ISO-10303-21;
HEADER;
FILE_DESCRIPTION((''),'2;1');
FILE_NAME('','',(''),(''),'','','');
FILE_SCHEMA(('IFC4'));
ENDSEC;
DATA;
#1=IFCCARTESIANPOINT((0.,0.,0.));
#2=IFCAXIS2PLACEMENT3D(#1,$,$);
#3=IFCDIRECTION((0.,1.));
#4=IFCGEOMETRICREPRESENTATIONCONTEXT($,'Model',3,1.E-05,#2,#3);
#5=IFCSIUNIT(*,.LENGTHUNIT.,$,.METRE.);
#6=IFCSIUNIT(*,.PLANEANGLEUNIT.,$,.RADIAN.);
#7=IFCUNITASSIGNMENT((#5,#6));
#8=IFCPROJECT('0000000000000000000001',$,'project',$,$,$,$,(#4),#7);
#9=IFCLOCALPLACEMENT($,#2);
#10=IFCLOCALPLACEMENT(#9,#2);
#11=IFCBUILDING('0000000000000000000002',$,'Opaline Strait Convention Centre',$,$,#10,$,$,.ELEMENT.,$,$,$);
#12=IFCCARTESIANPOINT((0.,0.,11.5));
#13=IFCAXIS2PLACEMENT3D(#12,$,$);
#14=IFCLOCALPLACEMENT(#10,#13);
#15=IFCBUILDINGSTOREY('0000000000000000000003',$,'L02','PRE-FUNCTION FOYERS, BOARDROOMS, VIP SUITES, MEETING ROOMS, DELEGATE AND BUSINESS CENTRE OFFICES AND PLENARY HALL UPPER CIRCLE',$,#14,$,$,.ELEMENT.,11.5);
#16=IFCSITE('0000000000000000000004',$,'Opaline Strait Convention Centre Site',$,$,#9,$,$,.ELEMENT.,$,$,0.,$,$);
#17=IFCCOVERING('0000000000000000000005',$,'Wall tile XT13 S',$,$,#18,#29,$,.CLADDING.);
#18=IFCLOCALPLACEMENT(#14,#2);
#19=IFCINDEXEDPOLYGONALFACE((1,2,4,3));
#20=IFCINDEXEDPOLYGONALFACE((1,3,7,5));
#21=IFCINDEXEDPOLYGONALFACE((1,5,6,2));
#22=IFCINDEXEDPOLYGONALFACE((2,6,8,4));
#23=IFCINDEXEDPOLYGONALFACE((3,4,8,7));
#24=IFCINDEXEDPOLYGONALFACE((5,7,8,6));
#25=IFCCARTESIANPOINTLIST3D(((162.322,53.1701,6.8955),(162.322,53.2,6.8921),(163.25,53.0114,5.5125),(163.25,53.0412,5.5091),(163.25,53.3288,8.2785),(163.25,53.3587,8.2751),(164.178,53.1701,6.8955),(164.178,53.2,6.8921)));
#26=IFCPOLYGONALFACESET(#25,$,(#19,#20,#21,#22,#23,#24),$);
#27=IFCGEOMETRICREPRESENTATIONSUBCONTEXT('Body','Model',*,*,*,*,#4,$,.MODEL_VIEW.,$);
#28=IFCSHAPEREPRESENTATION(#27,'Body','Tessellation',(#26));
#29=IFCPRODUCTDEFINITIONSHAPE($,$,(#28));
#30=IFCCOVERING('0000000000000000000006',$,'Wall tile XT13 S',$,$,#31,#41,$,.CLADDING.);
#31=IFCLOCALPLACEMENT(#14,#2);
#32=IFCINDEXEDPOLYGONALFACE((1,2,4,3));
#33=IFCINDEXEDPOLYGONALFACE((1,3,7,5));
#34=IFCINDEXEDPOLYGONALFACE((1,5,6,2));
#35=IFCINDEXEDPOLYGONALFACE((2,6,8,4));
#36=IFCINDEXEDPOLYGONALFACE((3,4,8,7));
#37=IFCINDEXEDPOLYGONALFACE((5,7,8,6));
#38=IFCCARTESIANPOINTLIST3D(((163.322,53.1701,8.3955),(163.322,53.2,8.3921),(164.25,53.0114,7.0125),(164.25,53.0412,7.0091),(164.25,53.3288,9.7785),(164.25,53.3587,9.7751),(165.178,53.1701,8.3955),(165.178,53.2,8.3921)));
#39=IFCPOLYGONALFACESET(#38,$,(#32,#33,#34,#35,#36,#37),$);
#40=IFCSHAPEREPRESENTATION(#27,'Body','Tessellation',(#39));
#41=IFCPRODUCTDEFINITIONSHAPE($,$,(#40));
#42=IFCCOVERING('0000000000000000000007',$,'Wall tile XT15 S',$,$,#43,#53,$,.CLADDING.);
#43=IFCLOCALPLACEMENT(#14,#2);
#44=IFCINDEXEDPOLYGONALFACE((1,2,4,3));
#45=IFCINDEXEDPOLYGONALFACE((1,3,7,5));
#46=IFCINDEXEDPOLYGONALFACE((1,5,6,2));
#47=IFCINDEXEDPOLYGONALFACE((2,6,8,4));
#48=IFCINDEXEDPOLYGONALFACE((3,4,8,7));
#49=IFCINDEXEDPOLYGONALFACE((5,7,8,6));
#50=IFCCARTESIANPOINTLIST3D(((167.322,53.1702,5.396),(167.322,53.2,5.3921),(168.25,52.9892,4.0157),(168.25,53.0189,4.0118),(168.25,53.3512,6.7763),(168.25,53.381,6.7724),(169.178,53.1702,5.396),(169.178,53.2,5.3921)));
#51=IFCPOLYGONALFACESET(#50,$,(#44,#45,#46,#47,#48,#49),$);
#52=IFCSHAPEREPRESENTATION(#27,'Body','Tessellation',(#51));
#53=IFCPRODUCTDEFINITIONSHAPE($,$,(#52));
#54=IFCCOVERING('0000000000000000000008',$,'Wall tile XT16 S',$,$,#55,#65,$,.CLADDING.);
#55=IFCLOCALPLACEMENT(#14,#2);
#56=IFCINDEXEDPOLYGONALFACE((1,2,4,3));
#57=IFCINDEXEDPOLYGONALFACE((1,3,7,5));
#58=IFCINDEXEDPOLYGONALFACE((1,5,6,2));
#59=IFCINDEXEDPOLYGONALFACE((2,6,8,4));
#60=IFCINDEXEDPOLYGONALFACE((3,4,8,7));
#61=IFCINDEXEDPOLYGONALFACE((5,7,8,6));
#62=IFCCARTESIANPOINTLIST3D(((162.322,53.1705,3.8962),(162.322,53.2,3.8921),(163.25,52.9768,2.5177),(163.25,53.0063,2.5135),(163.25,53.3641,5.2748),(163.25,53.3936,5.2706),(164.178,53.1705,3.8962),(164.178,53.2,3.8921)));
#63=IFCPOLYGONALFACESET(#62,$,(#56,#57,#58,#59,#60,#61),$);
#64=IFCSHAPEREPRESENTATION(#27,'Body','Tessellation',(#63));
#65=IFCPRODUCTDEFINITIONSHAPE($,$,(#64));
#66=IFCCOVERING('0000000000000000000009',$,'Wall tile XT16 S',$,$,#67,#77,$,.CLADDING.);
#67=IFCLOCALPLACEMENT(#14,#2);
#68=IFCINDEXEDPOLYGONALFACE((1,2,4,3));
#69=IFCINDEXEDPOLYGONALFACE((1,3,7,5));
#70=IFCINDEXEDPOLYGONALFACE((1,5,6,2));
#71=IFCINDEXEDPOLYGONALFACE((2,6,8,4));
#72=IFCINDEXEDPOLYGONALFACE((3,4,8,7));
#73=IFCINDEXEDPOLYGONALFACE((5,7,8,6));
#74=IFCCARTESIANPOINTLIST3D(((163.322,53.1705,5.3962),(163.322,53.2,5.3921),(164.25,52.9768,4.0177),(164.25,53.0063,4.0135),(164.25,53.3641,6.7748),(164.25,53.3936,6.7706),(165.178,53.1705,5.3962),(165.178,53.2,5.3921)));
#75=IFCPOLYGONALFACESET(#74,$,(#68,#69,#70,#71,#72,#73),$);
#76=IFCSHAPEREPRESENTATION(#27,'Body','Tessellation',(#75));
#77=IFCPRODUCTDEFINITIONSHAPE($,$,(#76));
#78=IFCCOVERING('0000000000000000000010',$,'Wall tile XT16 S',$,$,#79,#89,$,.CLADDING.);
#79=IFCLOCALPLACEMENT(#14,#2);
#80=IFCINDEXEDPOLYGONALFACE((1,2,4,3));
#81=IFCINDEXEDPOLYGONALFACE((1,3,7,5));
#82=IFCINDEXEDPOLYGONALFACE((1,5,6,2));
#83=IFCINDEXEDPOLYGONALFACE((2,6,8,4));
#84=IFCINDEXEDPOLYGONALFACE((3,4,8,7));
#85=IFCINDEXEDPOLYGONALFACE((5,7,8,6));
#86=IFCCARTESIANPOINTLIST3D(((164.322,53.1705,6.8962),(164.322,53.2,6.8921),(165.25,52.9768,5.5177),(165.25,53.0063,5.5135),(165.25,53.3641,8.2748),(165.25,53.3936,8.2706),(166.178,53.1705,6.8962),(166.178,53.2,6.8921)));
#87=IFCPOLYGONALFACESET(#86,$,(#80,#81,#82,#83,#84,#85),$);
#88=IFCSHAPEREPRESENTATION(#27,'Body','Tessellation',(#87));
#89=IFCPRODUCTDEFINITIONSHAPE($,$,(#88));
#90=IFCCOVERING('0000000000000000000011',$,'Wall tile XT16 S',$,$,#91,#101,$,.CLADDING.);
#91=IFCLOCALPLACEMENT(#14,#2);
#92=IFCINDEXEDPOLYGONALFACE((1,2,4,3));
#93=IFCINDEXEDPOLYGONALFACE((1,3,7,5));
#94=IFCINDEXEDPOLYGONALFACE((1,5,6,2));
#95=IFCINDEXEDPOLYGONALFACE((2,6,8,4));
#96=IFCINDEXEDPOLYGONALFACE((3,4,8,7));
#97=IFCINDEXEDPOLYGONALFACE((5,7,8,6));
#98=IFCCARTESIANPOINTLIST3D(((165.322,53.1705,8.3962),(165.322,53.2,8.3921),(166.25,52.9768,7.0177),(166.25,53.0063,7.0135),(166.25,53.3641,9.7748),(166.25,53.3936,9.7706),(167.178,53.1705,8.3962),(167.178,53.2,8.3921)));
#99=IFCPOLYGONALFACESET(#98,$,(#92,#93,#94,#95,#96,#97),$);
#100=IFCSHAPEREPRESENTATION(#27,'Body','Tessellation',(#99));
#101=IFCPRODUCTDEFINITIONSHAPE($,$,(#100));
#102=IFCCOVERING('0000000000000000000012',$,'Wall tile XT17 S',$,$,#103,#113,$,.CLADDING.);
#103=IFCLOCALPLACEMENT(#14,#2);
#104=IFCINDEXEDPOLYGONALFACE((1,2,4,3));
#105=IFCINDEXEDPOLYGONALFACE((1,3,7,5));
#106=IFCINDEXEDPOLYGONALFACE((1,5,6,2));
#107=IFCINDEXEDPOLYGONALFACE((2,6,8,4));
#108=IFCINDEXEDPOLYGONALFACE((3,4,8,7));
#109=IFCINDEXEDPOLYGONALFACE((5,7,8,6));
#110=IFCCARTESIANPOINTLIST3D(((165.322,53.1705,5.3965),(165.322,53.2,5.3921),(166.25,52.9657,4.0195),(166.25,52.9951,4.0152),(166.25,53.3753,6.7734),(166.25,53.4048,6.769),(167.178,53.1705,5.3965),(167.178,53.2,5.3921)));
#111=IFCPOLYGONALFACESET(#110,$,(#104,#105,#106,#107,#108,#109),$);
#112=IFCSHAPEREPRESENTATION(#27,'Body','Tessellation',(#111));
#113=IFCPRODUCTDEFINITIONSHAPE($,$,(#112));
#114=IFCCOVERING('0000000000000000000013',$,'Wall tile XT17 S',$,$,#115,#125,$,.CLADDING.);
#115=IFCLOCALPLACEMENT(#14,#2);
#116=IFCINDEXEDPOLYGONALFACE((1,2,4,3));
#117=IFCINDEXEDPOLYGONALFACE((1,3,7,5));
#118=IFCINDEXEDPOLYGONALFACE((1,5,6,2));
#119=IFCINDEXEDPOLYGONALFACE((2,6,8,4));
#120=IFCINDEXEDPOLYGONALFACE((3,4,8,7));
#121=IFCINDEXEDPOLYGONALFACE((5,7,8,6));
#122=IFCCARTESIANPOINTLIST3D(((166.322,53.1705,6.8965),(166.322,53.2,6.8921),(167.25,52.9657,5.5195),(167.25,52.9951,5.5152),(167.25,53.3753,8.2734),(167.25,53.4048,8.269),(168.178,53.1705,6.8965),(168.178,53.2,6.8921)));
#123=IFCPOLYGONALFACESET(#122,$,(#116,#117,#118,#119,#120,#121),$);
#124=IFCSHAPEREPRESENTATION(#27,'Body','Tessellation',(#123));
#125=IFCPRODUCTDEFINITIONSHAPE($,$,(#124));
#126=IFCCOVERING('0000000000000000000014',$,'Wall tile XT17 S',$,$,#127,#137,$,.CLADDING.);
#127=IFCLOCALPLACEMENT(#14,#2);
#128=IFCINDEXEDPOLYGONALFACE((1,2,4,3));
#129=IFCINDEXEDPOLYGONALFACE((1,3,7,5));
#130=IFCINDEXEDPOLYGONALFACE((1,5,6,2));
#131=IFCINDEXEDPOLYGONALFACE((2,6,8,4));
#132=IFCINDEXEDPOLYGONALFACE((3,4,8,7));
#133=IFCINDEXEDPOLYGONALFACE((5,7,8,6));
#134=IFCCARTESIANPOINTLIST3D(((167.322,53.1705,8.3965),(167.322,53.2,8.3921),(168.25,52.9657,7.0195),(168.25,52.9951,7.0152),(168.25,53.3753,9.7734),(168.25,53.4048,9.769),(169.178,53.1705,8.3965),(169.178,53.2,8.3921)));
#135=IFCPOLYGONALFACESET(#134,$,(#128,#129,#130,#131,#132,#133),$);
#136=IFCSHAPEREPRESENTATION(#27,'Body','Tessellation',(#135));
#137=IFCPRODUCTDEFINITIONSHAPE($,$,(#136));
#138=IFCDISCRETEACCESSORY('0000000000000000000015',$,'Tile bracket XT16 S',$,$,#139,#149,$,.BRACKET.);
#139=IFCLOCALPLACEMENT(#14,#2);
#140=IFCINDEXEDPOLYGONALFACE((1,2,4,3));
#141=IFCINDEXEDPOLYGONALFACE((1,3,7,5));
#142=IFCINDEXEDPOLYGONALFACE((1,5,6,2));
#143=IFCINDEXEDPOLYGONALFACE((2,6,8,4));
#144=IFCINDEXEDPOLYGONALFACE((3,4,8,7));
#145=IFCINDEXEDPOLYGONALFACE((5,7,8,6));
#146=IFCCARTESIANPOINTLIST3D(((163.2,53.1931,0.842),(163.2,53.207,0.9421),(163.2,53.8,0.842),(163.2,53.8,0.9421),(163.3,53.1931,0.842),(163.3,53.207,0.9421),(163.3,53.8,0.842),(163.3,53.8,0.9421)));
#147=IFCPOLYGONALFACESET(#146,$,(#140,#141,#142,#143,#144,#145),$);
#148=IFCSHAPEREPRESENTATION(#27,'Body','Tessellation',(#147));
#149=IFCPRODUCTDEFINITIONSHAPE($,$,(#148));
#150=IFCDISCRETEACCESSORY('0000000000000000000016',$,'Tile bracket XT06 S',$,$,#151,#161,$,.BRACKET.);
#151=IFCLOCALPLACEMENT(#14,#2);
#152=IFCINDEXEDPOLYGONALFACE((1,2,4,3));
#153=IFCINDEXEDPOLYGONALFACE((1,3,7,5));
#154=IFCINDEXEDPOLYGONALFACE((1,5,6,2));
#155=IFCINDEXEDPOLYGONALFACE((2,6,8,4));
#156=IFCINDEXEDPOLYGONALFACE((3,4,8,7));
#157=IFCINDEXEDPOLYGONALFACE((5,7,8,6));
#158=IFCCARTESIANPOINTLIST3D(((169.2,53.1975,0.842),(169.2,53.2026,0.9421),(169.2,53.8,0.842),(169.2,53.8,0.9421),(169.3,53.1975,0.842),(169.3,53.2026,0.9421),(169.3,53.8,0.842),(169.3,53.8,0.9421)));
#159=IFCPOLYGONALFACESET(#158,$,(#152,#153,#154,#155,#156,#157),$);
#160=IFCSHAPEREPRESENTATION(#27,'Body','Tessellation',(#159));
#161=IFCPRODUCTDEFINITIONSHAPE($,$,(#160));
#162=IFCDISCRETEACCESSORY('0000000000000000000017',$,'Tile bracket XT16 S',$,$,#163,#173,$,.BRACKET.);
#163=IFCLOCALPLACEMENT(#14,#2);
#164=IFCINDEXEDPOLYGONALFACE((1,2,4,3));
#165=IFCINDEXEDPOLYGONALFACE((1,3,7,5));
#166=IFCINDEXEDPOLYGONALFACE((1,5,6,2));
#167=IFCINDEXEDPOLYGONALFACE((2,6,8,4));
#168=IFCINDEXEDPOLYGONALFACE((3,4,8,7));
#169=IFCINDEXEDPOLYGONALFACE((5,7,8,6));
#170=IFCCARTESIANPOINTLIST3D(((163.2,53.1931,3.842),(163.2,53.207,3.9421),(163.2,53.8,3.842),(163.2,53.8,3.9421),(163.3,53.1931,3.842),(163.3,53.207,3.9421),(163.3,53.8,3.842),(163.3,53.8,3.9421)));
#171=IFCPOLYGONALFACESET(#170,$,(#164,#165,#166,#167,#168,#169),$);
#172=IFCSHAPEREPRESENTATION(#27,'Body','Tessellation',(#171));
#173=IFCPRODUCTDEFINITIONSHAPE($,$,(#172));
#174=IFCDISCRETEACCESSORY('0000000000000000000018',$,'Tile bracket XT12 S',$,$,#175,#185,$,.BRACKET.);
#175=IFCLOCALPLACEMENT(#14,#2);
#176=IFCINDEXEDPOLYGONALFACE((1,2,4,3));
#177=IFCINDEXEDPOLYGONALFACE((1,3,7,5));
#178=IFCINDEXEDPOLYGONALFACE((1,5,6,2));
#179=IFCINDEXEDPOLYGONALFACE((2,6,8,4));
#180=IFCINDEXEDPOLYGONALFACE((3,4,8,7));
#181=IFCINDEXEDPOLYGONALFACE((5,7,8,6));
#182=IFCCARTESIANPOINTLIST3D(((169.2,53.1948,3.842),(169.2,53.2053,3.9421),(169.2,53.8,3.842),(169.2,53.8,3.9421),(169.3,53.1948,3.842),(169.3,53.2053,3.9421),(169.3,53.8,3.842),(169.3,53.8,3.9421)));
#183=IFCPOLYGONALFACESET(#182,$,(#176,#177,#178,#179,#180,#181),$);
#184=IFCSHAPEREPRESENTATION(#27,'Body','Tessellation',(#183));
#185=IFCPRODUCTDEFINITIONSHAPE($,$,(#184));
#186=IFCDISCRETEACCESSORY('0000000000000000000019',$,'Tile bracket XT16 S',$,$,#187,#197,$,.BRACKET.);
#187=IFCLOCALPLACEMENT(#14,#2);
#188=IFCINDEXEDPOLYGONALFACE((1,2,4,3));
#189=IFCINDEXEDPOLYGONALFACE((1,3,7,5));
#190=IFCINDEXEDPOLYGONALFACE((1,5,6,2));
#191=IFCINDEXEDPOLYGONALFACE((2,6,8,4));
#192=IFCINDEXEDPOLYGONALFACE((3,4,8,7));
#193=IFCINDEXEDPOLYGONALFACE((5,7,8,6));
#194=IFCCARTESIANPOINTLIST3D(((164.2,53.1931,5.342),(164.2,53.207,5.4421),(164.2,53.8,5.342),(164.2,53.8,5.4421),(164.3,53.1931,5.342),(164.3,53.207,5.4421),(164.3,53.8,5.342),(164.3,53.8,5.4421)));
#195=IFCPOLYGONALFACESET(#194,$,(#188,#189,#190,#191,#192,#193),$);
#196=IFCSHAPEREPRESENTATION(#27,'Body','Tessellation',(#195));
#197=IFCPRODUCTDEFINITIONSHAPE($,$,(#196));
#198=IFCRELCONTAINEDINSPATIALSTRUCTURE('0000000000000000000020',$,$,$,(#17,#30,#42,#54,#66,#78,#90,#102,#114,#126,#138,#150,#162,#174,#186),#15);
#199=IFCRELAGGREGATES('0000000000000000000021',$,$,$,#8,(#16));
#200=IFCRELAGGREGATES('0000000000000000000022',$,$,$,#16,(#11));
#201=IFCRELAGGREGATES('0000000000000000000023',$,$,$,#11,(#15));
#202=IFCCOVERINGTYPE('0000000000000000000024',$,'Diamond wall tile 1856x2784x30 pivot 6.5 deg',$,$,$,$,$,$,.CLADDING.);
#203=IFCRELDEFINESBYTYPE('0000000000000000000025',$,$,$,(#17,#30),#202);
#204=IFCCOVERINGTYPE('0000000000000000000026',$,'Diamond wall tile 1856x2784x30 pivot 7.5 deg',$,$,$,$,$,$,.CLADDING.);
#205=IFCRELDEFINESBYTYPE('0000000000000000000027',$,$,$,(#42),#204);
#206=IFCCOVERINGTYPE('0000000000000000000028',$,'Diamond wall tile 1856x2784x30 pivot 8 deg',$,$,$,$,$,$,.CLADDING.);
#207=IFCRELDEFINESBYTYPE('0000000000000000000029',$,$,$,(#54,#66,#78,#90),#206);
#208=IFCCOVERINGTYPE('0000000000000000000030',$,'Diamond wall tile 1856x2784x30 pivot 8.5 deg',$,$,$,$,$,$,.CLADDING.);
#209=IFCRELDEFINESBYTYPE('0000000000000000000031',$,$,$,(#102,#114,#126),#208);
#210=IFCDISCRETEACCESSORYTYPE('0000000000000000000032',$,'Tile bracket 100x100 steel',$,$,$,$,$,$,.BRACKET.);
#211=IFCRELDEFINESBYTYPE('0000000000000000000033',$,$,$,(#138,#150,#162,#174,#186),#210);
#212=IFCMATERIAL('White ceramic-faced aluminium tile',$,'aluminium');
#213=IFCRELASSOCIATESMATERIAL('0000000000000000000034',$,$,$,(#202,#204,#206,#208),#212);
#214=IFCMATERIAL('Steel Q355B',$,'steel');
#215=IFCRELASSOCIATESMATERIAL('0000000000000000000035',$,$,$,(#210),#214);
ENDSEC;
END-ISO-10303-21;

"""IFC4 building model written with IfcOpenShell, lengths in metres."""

from ifc_helpers import new_model, si_unit, direction, frame, origin, place, context, subcontext, project, spatial, polyline, outline, extrude, material, material_profile, profile_set, type_object, element, save


model = new_model("IFC4")

# Units and contexts
model_context = context("Model", 3, precision=1e-05, world=origin(), true_north=direction((0.0, 1.0)))
body_context = subcontext(model_context, "Body", "Model", "MODEL_VIEW")
ifc_project = project(units=[si_unit("LENGTHUNIT", "METRE"), si_unit("PLANEANGLEUNIT", "RADIAN")], contexts=[model_context])

# Site, building, storey
site_placement = place(None, origin())
site = spatial("IfcSite", under=ifc_project, at=site_placement, Name="Opaline Strait Convention Centre Site", CompositionType="ELEMENT", RefElevation=0.0)
building_placement = place(site_placement, origin())
building = spatial("IfcBuilding", under=site, at=building_placement, Name="Opaline Strait Convention Centre", CompositionType="ELEMENT")
storey_placement = place(building_placement, frame((0.0, 0.0, 11.5)))
storey = spatial("IfcBuildingStorey", under=building, at=storey_placement, Name="L02", Description="PRE-FUNCTION FOYERS, BOARDROOMS, VIP SUITES, MEETING ROOMS, DELEGATE AND BUSINESS CENTRE OFFICES AND PLENARY HALL UPPER CIRCLE", CompositionType="ELEMENT", Elevation=11.5)

# Coverings
ifc_material_1 = material(Name="White ceramic-faced aluminium tile", Category="aluminium")
ifc_material_profile_1 = material_profile(ifc_material_1, outline(polyline([(0.928, 0.0), (0.0, 1.3921), (-0.928, 0.0), (0.0, -1.3921), (0.928, 0.0)])), Name="Diamond tile 1856x2784")
ifc_profile_set_1 = profile_set([ifc_material_profile_1], Name="White ceramic-faced aluminium tile")
covering_type_1 = type_object("IfcCoveringType", Name="Diamond wall tile 1856x2784x30 pivot 6.5 deg", PredefinedType="CLADDING", material=ifc_profile_set_1)
for number, where, z_axis, x_axis, name in (
    (1, (163.25, 53.2, 6.8921), (0.0, -0.99348, 0.114006), (1.0, 0.0, 0.0), "Wall tile XT13 S"),
    (2, (164.25, 53.2, 8.3921), (0.0, -0.99348, 0.114006), (1.0, 0.0, 0.0), "Wall tile XT13 S"),
):
    element("IfcCovering", number, at=place(storey_placement, frame(where, z_axis=z_axis, x_axis=x_axis)), inside=storey, type_object=covering_type_1, Name=name, PredefinedType="CLADDING", context=body_context, shape_type="SweptSolid", body=[
        extrude(outline(polyline([(0.928, 0.0), (0.0, 1.3921), (-0.928, 0.0), (0.0, -1.3921), (0.928, 0.0)])), origin(), (0.0, 0.0, 1.0), 0.03),
    ])
ifc_material_profile_2 = material_profile(ifc_material_1, outline(polyline([(0.928, 0.0), (0.0, 1.3921), (-0.928, 0.0), (0.0, -1.3921), (0.928, 0.0)])), Name="Diamond tile 1856x2784")
ifc_profile_set_2 = profile_set([ifc_material_profile_2], Name="White ceramic-faced aluminium tile")
covering_type_2 = type_object("IfcCoveringType", Name="Diamond wall tile 1856x2784x30 pivot 7.5 deg", PredefinedType="CLADDING", material=ifc_profile_set_2)
covering_placement = place(storey_placement, frame((168.25, 53.2, 5.3921), z_axis=(0.0, -0.99151, 0.130034), x_axis=(1.0, 0.0, 0.0)))
element("IfcCovering", 3, at=covering_placement, inside=storey, type_object=covering_type_2, Name="Wall tile XT15 S", PredefinedType="CLADDING", context=body_context, shape_type="SweptSolid", body=[
    extrude(outline(polyline([(0.928, 0.0), (0.0, 1.3921), (-0.928, 0.0), (0.0, -1.3921), (0.928, 0.0)])), origin(), (0.0, 0.0, 1.0), 0.03),
])
ifc_material_profile_3 = material_profile(ifc_material_1, outline(polyline([(0.928, 0.0), (0.0, 1.3921), (-0.928, 0.0), (0.0, -1.3921), (0.928, 0.0)])), Name="Diamond tile 1856x2784")
ifc_profile_set_3 = profile_set([ifc_material_profile_3], Name="White ceramic-faced aluminium tile")
covering_type_3 = type_object("IfcCoveringType", Name="Diamond wall tile 1856x2784x30 pivot 8 deg", PredefinedType="CLADDING", material=ifc_profile_set_3)
for number, where, z_axis, x_axis, name in (
    (4, (163.25, 53.2, 3.8921), (0.0, -0.990274, 0.139129), (1.0, 0.0, 0.0), "Wall tile XT16 S"),
    (5, (164.25, 53.2, 5.3921), (0.0, -0.990274, 0.139129), (1.0, 0.0, 0.0), "Wall tile XT16 S"),
    (6, (165.25, 53.2, 6.8921), (0.0, -0.990274, 0.139129), (1.0, 0.0, 0.0), "Wall tile XT16 S"),
    (7, (166.25, 53.2, 8.3921), (0.0, -0.990274, 0.139129), (1.0, 0.0, 0.0), "Wall tile XT16 S"),
):
    element("IfcCovering", number, at=place(storey_placement, frame(where, z_axis=z_axis, x_axis=x_axis)), inside=storey, type_object=covering_type_3, Name=name, PredefinedType="CLADDING", context=body_context, shape_type="SweptSolid", body=[
        extrude(outline(polyline([(0.928, 0.0), (0.0, 1.3921), (-0.928, 0.0), (0.0, -1.3921), (0.928, 0.0)])), origin(), (0.0, 0.0, 1.0), 0.0298),
    ])
ifc_material_profile_4 = material_profile(ifc_material_1, outline(polyline([(0.928, 0.0), (0.0, 1.3921), (-0.928, 0.0), (0.0, -1.3921), (0.928, 0.0)])), Name="Diamond tile 1856x2784")
ifc_profile_set_4 = profile_set([ifc_material_profile_4], Name="White ceramic-faced aluminium tile")
covering_type_4 = type_object("IfcCoveringType", Name="Diamond wall tile 1856x2784x30 pivot 8.5 deg", PredefinedType="CLADDING", material=ifc_profile_set_4)
for number, where, z_axis, x_axis, name in (
    (8, (166.25, 53.2, 5.3921), (0.0, -0.989116, 0.147141), (1.0, 0.0, 0.0), "Wall tile XT17 S"),
    (9, (167.25, 53.2, 6.8921), (0.0, -0.989116, 0.147141), (1.0, 0.0, 0.0), "Wall tile XT17 S"),
    (10, (168.25, 53.2, 8.3921), (0.0, -0.989116, 0.147141), (1.0, 0.0, 0.0), "Wall tile XT17 S"),
):
    element("IfcCovering", number, at=place(storey_placement, frame(where, z_axis=z_axis, x_axis=x_axis)), inside=storey, type_object=covering_type_4, Name=name, PredefinedType="CLADDING", context=body_context, shape_type="SweptSolid", body=[
        extrude(outline(polyline([(0.928, 0.0), (0.0, 1.3921), (-0.928, 0.0), (0.0, -1.3921), (0.928, 0.0)])), origin(), (0.0, 0.0, 1.0), 0.0298),
    ])

# Discrete accessories
ifc_material_2 = material(Name="Steel Q355B", Category="steel")
discrete_accessory_type = type_object("IfcDiscreteAccessoryType", Name="Tile bracket 100x100 steel", PredefinedType="BRACKET", material=ifc_material_2)
discrete_accessory_1_placement = place(storey_placement, frame((163.2, 53.8, 0.8921), z_axis=(1.0, 0.0, 0.0), x_axis=(0.0, 1.0, 0.0)))
element("IfcDiscreteAccessory", 11, at=discrete_accessory_1_placement, inside=storey, type_object=discrete_accessory_type, Name="Tile bracket XT16 S", PredefinedType="BRACKET", context=body_context, shape_type="SweptSolid", body=[
    extrude(outline(polyline([(0.0, -0.05), (0.0, 0.05), (-0.593, 0.05), (-0.6069, -0.05), (0.0, -0.05)])), origin(), (0.0, 0.0, 1.0), 0.1001),
])
discrete_accessory_2_placement = place(storey_placement, frame((169.2, 53.8, 0.8921), z_axis=(1.0, 0.0, 0.0), x_axis=(0.0, 1.0, 0.0)))
element("IfcDiscreteAccessory", 12, at=discrete_accessory_2_placement, inside=storey, type_object=discrete_accessory_type, Name="Tile bracket XT06 S", PredefinedType="BRACKET", context=body_context, shape_type="SweptSolid", body=[
    extrude(outline(polyline([(0.0, -0.05), (0.0, 0.05), (-0.5974, 0.05), (-0.6025, -0.05), (0.0, -0.05)])), origin(), (0.0, 0.0, 1.0), 0.1001),
])
discrete_accessory_3_placement = place(storey_placement, frame((163.2, 53.8, 3.8921), z_axis=(1.0, 0.0, 0.0), x_axis=(0.0, 1.0, 0.0)))
element("IfcDiscreteAccessory", 13, at=discrete_accessory_3_placement, inside=storey, type_object=discrete_accessory_type, Name="Tile bracket XT16 S", PredefinedType="BRACKET", context=body_context, shape_type="SweptSolid", body=[
    extrude(outline(polyline([(0.0, -0.05), (0.0, 0.05), (-0.593, 0.05), (-0.6069, -0.05), (0.0, -0.05)])), origin(), (0.0, 0.0, 1.0), 0.1001),
])
discrete_accessory_4_placement = place(storey_placement, frame((169.2, 53.8, 3.8921), z_axis=(1.0, 0.0, 0.0), x_axis=(0.0, 1.0, 0.0)))
element("IfcDiscreteAccessory", 14, at=discrete_accessory_4_placement, inside=storey, type_object=discrete_accessory_type, Name="Tile bracket XT12 S", PredefinedType="BRACKET", context=body_context, shape_type="SweptSolid", body=[
    extrude(outline(polyline([(0.0, -0.05), (0.0, 0.05), (-0.5947, 0.05), (-0.6052, -0.05), (0.0, -0.05)])), origin(), (0.0, 0.0, 1.0), 0.1001),
])
discrete_accessory_5_placement = place(storey_placement, frame((164.2, 53.8, 5.3921), z_axis=(1.0, 0.0, 0.0), x_axis=(0.0, 1.0, 0.0)))
element("IfcDiscreteAccessory", 15, at=discrete_accessory_5_placement, inside=storey, type_object=discrete_accessory_type, Name="Tile bracket XT16 S", PredefinedType="BRACKET", context=body_context, shape_type="SweptSolid", body=[
    extrude(outline(polyline([(0.0, -0.05), (0.0, 0.05), (-0.593, 0.05), (-0.6069, -0.05), (0.0, -0.05)])), origin(), (0.0, 0.0, 1.0), 0.1001),
])

save(model, "model.ifc")
